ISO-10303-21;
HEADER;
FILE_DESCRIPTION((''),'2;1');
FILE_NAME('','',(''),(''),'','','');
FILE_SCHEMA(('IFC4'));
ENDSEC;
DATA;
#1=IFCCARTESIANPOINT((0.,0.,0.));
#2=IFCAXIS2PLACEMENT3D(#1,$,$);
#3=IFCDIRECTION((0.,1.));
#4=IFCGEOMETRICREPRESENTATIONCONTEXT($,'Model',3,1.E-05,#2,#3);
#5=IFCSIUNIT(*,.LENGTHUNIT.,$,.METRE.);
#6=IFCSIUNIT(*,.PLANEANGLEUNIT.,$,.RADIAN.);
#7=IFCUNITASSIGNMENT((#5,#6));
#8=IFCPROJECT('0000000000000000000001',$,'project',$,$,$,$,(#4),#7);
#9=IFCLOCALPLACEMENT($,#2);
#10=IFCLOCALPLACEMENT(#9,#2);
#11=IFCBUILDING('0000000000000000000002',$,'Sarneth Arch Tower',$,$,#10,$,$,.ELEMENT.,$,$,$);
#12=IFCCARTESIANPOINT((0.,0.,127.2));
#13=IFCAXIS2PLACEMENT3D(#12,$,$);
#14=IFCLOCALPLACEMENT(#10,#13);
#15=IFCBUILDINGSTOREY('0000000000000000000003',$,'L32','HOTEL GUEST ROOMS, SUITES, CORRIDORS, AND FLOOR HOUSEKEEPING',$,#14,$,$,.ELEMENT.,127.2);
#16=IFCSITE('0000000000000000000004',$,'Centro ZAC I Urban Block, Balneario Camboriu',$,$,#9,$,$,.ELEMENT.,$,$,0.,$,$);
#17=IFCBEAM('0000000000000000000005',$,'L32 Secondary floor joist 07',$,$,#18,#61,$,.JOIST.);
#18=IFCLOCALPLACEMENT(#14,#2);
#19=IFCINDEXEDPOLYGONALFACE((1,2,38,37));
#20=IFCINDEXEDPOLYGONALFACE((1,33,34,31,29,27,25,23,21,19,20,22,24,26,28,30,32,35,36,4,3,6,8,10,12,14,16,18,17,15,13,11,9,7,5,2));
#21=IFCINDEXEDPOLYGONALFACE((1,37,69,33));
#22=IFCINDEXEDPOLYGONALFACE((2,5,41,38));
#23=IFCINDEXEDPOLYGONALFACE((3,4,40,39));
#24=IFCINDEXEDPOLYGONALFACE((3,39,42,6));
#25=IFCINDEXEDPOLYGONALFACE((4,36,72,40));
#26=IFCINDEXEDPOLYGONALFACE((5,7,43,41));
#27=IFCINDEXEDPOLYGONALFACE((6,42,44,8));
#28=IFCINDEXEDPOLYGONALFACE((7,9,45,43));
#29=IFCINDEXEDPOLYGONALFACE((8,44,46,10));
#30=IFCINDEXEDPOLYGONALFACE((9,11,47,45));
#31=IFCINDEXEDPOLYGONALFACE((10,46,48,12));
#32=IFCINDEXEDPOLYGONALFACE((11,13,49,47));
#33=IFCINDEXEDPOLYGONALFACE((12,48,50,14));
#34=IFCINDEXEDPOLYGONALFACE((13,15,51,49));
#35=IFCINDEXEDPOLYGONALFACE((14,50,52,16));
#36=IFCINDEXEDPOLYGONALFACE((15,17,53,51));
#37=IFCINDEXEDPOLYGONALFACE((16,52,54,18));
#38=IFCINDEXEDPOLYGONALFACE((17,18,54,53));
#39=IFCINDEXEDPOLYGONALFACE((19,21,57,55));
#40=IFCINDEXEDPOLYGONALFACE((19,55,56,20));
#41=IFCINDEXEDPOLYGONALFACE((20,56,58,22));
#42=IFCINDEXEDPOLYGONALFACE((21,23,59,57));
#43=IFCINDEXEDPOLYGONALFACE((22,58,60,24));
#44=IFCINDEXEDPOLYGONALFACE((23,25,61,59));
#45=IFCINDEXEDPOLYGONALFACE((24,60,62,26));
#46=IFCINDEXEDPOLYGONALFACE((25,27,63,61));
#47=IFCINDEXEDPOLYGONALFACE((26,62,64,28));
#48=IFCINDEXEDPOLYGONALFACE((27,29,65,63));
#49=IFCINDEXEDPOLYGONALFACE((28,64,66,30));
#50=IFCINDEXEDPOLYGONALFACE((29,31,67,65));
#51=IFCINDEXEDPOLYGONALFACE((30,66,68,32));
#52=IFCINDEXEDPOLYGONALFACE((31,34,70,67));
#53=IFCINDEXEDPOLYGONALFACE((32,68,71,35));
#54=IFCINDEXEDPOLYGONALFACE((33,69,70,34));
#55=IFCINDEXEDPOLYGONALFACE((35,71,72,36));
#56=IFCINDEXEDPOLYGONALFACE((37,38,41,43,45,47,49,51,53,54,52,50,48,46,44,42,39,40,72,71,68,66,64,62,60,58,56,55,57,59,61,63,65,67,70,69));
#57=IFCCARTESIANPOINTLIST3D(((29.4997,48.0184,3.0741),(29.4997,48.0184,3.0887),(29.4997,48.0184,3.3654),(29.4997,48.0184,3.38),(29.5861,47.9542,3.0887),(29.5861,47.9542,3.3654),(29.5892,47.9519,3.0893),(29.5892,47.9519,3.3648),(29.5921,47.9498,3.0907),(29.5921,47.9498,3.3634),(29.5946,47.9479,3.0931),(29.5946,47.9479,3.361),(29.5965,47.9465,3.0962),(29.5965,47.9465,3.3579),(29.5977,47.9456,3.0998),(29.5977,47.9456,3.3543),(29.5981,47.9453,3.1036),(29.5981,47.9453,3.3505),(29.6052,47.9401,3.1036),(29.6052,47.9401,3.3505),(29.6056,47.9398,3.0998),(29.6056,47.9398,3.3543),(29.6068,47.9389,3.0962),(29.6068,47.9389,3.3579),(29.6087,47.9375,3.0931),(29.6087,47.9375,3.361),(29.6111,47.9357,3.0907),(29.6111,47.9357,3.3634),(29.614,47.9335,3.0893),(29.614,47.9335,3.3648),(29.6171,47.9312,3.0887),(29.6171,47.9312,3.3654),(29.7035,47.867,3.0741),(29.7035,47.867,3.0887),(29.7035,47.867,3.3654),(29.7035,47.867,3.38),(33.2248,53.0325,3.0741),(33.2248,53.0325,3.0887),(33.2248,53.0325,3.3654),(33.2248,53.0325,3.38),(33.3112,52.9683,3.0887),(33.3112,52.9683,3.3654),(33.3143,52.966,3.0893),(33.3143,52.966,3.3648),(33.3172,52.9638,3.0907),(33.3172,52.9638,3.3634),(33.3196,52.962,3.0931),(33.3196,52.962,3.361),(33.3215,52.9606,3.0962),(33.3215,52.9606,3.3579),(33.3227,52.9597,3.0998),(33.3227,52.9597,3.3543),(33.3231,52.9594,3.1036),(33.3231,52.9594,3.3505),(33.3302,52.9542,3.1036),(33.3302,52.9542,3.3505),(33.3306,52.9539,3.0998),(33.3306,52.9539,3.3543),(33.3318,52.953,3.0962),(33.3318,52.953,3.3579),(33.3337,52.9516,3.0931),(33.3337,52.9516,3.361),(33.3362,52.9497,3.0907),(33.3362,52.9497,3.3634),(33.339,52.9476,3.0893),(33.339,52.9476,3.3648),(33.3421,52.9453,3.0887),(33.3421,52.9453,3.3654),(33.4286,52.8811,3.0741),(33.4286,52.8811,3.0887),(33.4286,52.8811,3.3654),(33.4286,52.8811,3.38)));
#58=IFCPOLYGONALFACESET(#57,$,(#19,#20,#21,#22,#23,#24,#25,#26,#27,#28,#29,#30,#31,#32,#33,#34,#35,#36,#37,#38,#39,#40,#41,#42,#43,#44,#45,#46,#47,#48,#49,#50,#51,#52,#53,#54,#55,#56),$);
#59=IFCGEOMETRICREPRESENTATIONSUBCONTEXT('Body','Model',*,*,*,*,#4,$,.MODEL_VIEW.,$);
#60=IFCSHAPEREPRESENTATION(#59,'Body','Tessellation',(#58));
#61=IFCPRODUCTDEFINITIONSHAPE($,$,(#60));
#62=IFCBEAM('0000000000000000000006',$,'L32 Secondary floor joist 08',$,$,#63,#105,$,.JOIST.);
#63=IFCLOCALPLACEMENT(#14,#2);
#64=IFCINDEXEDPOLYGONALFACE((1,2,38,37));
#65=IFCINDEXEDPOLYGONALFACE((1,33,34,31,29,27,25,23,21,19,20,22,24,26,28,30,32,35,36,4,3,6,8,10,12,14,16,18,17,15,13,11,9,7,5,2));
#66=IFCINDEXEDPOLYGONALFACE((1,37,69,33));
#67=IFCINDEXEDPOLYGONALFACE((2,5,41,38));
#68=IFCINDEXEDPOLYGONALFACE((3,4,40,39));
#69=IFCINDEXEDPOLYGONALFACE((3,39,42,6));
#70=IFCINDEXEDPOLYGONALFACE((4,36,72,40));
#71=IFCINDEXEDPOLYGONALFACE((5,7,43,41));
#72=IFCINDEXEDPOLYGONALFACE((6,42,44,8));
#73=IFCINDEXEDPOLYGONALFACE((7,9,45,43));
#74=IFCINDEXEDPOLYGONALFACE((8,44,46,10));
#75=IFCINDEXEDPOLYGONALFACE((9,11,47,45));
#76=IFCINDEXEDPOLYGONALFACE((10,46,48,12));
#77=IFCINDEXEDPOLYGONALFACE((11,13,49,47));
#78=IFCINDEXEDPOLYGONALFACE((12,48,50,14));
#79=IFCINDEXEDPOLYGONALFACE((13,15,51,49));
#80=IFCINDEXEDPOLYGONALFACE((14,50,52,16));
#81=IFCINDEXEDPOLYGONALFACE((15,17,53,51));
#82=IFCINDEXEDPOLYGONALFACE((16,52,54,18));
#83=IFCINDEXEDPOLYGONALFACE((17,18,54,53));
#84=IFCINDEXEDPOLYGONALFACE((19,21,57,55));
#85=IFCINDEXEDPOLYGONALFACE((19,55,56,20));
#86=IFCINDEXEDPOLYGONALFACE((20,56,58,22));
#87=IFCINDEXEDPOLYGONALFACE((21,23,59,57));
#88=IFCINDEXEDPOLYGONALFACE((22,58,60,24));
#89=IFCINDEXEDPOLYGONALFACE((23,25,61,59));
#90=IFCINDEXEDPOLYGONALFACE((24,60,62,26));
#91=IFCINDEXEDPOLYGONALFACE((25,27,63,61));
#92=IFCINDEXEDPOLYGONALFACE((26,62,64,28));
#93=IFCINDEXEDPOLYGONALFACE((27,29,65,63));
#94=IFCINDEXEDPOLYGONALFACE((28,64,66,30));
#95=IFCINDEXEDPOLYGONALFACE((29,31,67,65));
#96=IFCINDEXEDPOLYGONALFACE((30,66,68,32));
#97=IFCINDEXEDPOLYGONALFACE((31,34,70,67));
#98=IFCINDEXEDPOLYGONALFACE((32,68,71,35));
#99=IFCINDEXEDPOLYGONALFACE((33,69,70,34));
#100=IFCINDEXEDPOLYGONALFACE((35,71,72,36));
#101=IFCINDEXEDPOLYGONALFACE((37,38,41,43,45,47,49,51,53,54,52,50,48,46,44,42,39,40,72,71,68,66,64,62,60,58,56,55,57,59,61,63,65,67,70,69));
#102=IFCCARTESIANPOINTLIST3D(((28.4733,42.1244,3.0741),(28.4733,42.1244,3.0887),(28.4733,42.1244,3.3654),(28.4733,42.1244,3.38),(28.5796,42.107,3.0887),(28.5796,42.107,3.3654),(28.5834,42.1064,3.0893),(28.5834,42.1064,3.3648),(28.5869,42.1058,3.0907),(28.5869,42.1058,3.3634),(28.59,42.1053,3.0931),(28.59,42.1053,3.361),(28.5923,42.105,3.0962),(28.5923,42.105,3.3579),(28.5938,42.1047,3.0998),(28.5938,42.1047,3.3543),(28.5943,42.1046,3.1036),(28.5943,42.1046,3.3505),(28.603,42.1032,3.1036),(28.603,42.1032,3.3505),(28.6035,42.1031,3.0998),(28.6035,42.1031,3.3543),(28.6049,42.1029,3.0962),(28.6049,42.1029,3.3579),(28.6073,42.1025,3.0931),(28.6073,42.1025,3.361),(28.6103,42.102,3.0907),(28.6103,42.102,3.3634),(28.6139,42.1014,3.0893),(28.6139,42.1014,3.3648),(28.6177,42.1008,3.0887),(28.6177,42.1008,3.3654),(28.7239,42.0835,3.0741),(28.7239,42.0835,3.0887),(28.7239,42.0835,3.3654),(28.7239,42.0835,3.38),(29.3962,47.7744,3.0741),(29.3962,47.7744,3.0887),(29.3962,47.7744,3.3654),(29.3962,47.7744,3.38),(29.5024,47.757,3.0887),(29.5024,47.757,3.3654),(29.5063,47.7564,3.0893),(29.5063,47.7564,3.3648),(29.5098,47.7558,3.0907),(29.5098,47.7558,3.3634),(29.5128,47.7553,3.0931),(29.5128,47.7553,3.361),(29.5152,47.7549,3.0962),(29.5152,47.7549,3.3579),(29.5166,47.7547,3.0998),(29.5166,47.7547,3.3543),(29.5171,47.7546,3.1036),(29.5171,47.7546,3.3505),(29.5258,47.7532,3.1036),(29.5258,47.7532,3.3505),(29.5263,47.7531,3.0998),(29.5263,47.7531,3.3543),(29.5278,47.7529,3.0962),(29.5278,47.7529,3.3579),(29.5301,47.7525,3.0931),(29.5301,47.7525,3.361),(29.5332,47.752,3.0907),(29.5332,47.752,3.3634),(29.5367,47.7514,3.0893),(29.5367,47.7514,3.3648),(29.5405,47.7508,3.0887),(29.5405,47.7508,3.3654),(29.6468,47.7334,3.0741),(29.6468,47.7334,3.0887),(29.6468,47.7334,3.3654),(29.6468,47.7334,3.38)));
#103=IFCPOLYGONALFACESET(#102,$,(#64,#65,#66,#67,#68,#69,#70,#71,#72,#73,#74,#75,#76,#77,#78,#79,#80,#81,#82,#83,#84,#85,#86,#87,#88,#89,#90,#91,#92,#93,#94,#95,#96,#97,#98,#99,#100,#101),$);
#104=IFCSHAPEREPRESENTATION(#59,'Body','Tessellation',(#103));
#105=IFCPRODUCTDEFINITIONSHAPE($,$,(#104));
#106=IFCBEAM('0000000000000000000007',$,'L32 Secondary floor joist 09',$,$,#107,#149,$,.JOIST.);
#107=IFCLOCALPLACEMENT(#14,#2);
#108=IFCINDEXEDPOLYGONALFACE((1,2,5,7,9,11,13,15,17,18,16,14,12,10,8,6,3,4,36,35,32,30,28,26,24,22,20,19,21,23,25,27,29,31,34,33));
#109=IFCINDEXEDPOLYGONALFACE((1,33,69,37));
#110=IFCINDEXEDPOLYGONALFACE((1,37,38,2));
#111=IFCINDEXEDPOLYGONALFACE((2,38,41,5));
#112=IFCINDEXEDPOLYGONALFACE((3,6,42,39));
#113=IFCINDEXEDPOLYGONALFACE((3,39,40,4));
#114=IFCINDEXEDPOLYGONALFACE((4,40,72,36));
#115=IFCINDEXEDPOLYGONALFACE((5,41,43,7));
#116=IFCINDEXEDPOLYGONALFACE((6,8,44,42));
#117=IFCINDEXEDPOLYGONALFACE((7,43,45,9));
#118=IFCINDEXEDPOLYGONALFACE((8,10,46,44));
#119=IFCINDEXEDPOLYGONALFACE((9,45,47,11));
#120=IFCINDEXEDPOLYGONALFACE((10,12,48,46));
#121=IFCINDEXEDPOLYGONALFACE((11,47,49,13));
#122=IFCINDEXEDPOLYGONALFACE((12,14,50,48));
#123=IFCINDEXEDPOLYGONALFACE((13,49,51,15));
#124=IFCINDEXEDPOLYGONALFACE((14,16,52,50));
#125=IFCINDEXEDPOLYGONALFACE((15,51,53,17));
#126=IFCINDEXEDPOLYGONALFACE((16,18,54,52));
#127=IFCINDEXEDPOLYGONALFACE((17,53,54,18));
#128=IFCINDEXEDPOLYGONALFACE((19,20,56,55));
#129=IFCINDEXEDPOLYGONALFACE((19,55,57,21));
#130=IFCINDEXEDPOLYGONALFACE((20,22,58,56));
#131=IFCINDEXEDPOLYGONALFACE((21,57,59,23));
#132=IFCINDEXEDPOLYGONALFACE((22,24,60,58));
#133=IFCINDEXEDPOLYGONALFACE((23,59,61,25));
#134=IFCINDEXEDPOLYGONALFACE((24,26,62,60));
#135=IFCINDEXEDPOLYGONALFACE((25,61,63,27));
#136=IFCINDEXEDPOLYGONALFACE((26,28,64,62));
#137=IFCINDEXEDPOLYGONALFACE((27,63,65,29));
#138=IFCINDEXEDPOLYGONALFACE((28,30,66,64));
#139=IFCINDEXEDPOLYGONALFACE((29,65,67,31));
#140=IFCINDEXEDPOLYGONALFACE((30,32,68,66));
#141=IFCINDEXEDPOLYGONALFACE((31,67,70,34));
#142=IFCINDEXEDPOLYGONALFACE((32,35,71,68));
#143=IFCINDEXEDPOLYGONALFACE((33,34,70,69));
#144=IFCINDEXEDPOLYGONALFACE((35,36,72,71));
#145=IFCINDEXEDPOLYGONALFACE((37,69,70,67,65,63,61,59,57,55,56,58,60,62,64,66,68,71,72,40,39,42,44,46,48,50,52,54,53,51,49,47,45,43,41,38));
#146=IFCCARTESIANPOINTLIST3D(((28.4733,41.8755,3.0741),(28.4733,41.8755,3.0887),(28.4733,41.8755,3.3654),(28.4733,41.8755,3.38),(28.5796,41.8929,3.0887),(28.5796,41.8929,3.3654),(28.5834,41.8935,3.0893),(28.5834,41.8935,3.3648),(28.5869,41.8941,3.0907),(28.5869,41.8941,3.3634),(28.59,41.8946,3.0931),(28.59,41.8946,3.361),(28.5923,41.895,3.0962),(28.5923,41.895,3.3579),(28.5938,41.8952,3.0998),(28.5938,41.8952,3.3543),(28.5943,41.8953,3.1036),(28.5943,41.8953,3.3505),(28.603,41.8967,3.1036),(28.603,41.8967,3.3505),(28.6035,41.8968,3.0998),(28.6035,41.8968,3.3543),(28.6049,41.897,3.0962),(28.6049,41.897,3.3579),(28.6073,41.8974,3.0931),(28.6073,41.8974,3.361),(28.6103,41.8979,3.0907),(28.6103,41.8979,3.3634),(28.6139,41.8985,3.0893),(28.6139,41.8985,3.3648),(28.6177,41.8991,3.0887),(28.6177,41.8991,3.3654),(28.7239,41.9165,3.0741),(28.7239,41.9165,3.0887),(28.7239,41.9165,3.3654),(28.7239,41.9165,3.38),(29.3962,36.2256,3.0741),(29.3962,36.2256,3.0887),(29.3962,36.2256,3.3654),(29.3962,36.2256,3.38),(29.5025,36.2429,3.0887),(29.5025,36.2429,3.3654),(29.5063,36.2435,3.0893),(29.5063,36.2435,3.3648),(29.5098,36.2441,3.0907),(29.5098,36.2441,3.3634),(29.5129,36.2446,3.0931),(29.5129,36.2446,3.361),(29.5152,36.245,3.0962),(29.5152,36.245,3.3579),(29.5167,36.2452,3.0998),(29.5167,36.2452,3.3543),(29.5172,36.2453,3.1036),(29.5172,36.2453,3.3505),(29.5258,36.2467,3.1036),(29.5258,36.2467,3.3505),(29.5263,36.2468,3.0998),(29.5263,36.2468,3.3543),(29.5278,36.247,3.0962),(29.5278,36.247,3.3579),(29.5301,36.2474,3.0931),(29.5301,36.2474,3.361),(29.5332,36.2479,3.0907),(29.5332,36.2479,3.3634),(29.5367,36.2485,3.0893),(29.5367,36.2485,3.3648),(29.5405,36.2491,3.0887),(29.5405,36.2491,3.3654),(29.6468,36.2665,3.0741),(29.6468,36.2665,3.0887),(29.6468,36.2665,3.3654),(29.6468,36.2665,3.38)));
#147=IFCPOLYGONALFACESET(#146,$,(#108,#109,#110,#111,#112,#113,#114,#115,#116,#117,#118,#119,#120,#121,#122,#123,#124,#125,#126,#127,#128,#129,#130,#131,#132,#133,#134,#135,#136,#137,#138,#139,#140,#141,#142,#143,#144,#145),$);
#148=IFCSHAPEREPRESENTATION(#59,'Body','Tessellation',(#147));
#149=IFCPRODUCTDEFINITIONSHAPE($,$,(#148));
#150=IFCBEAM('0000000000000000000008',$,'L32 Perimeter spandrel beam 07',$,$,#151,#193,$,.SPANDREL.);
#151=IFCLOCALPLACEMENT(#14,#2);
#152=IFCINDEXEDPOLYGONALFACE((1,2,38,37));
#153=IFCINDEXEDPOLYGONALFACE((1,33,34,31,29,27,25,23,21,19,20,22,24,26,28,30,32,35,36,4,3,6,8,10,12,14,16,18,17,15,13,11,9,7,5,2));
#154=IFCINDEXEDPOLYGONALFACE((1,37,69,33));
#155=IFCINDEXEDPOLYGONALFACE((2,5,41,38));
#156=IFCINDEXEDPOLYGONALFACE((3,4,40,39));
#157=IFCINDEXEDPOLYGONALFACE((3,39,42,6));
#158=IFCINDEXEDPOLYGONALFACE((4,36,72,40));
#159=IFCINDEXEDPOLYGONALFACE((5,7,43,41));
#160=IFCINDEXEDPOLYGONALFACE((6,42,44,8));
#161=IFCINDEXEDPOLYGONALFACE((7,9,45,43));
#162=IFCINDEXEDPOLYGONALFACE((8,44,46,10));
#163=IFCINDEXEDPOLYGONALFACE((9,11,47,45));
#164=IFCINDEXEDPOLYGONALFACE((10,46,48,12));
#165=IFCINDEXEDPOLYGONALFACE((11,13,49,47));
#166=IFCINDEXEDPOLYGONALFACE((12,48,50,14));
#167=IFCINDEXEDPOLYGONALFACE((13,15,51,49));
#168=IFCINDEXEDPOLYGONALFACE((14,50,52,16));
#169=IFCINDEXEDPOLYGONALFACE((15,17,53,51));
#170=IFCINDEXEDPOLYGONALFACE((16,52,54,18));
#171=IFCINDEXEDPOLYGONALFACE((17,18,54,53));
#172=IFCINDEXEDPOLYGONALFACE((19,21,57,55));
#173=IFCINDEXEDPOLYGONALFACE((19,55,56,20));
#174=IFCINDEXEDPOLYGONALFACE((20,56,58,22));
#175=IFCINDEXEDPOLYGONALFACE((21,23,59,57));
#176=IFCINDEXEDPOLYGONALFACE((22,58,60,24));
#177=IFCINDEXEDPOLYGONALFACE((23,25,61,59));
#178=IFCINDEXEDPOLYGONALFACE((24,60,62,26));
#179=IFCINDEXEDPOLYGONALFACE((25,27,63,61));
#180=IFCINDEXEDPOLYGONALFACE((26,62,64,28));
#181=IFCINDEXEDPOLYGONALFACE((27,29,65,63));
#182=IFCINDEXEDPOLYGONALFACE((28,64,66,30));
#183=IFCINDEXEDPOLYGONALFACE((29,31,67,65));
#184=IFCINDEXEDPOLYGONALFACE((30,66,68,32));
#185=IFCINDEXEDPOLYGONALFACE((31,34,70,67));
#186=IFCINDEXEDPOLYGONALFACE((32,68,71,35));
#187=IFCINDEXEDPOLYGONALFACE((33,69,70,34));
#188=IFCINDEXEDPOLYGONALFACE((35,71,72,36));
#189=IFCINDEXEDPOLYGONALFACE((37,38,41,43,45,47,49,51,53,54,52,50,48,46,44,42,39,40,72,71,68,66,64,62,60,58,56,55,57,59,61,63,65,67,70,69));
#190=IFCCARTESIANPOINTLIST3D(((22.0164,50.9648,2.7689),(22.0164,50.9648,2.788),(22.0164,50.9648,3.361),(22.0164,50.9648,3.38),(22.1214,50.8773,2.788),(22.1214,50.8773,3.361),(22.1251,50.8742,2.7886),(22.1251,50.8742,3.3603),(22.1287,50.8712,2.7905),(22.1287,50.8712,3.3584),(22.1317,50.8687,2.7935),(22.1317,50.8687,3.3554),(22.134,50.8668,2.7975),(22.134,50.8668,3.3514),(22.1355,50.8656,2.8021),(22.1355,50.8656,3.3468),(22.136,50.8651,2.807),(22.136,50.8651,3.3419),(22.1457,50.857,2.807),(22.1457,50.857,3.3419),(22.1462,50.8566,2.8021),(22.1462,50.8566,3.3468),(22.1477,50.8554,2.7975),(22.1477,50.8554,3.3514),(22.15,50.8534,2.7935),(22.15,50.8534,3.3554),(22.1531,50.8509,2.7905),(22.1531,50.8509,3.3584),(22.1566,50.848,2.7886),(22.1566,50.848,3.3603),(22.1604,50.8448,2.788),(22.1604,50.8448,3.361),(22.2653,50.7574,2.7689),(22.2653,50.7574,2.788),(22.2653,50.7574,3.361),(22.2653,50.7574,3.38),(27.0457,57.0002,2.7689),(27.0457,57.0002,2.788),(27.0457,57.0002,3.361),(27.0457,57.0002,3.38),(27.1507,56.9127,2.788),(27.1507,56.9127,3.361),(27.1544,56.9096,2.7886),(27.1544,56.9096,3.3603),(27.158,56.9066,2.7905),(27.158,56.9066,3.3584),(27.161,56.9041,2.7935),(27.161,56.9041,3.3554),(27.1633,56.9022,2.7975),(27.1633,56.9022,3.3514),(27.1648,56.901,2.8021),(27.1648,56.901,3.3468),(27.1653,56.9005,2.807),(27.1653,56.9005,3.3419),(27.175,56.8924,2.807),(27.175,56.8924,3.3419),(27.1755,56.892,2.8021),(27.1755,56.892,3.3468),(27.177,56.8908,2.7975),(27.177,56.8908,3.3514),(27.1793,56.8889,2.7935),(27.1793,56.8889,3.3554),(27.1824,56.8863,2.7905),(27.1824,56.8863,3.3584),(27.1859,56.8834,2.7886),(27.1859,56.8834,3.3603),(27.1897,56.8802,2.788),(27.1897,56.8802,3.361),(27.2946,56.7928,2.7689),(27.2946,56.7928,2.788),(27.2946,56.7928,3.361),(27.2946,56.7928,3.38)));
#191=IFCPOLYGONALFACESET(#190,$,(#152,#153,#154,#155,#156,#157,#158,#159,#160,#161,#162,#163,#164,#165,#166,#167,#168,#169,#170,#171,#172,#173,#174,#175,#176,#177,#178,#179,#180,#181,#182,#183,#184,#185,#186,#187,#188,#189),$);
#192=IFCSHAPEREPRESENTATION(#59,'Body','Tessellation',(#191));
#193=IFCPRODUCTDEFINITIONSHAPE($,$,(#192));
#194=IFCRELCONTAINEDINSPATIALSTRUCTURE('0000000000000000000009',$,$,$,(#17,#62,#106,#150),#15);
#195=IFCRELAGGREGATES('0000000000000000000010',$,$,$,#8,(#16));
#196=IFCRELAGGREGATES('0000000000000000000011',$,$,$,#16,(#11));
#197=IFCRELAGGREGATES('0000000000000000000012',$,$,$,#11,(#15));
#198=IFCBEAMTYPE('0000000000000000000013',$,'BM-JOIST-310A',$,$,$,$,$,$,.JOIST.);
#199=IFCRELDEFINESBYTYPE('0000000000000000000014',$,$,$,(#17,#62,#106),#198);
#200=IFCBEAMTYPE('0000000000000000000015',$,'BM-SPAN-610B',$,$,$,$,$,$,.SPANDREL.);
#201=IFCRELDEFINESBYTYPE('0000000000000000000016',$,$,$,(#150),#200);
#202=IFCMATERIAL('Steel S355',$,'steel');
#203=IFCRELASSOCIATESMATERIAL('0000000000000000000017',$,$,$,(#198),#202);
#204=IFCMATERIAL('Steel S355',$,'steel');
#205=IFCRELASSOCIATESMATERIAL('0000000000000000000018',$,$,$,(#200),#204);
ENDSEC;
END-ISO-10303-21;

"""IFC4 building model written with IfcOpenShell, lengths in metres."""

from ifc_helpers import new_model, si_unit, direction, frame, origin, origin_2d, place, context, subcontext, project, spatial, i_section, extrude, material, material_profile, profile_set, type_object, element, save


model = new_model("IFC4")

# Units and contexts
model_context = context("Model", 3, precision=1e-05, world=origin(), true_north=direction((0.0, 1.0)))
body_context = subcontext(model_context, "Body", "Model", "MODEL_VIEW")
ifc_project = project(units=[si_unit("LENGTHUNIT", "METRE"), si_unit("PLANEANGLEUNIT", "RADIAN")], contexts=[model_context])

# Site, building, storey
site_placement = place(None, origin())
site = spatial("IfcSite", under=ifc_project, at=site_placement, Name="Centro ZAC I Urban Block, Balneario Camboriu", CompositionType="ELEMENT", RefElevation=0.0)
building_placement = place(site_placement, origin())
building = spatial("IfcBuilding", under=site, at=building_placement, Name="Sarneth Arch Tower", CompositionType="ELEMENT")
storey_placement = place(building_placement, frame((0.0, 0.0, 127.2)))
storey = spatial("IfcBuildingStorey", under=building, at=storey_placement, Name="L32", Description="HOTEL GUEST ROOMS, SUITES, CORRIDORS, AND FLOOR HOUSEKEEPING", CompositionType="ELEMENT", Elevation=127.2)

# Beams
ifc_material_1 = material(Name="Steel S355", Category="steel")
ifc_material_profile_1 = material_profile(ifc_material_1, i_section(OverallWidth=0.2539, OverallDepth=0.3059, WebThickness=0.0088, FlangeThickness=0.0146, FilletRadius=0.0149, at=origin_2d()), Name="W310x79")
ifc_profile_set_1 = profile_set([ifc_material_profile_1], Name="Steel S355")
beam_type_1 = type_object("IfcBeamType", Name="BM-JOIST-310A", PredefinedType="JOIST", material=ifc_profile_set_1)
beam_1_placement = place(storey_placement, frame((33.3267, 52.9568, 3.2271), z_axis=(-0.596354, -0.802721, 0.0), x_axis=(0.802721, -0.596354, 0.0)))
element("IfcBeam", 1, at=beam_1_placement, inside=storey, type_object=beam_type_1, Name="L32 Secondary floor joist 07", PredefinedType="JOIST", context=body_context, shape_type="SweptSolid", body=[
    extrude(i_section(OverallWidth=0.2539, OverallDepth=0.3059, WebThickness=0.0088, FlangeThickness=0.0146, FilletRadius=0.0149, at=origin_2d()), origin(), (0.0, 0.0, 1.0), 6.2463),
])
for number, where, z_axis, x_axis, name in (
    (2, (29.5215, 47.7539, 3.2271), (-0.161203, -0.986921, 0.0), (0.986921, -0.161203, 0.0), "L32 Secondary floor joist 08"),
    (3, (28.5986, 41.896, 3.2271), (0.161203, -0.986921, 0.0), (0.986921, 0.161203, 0.0), "L32 Secondary floor joist 09"),
):
    element("IfcBeam", number, at=place(storey_placement, frame(where, z_axis=z_axis, x_axis=x_axis)), inside=storey, type_object=beam_type_1, Name=name, PredefinedType="JOIST", context=body_context, shape_type="SweptSolid", body=[
        extrude(i_section(OverallWidth=0.2539, OverallDepth=0.3059, WebThickness=0.0088, FlangeThickness=0.0146, FilletRadius=0.0149, at=origin_2d()), origin(), (0.0, 0.0, 1.0), 5.7249),
    ])
ifc_material_2 = material(Name="Steel S355", Category="steel")
ifc_material_profile_2 = material_profile(ifc_material_2, i_section(OverallWidth=0.324, OverallDepth=0.6111, WebThickness=0.0127, FlangeThickness=0.019, FilletRadius=0.019, at=origin_2d()), Name="W610x155")
ifc_profile_set_2 = profile_set([ifc_material_profile_2], Name="Steel S355")
beam_type_2 = type_object("IfcBeamType", Name="BM-SPAN-610B", PredefinedType="SPANDREL", material=ifc_profile_set_2)
beam_2_placement = place(storey_placement, frame((27.1702, 56.8965, 3.0745), z_axis=(-0.640169, -0.768234, 0.0), x_axis=(0.768234, -0.640169, 0.0)))
element("IfcBeam", 4, at=beam_2_placement, inside=storey, type_object=beam_type_2, Name="L32 Perimeter spandrel beam 07", PredefinedType="SPANDREL", context=body_context, shape_type="SweptSolid", body=[
    extrude(i_section(OverallWidth=0.324, OverallDepth=0.6111, WebThickness=0.0127, FlangeThickness=0.019, FilletRadius=0.019, at=origin_2d()), origin(), (0.0, 0.0, 1.0), 7.8562),
])

save(model, "model.ifc")
